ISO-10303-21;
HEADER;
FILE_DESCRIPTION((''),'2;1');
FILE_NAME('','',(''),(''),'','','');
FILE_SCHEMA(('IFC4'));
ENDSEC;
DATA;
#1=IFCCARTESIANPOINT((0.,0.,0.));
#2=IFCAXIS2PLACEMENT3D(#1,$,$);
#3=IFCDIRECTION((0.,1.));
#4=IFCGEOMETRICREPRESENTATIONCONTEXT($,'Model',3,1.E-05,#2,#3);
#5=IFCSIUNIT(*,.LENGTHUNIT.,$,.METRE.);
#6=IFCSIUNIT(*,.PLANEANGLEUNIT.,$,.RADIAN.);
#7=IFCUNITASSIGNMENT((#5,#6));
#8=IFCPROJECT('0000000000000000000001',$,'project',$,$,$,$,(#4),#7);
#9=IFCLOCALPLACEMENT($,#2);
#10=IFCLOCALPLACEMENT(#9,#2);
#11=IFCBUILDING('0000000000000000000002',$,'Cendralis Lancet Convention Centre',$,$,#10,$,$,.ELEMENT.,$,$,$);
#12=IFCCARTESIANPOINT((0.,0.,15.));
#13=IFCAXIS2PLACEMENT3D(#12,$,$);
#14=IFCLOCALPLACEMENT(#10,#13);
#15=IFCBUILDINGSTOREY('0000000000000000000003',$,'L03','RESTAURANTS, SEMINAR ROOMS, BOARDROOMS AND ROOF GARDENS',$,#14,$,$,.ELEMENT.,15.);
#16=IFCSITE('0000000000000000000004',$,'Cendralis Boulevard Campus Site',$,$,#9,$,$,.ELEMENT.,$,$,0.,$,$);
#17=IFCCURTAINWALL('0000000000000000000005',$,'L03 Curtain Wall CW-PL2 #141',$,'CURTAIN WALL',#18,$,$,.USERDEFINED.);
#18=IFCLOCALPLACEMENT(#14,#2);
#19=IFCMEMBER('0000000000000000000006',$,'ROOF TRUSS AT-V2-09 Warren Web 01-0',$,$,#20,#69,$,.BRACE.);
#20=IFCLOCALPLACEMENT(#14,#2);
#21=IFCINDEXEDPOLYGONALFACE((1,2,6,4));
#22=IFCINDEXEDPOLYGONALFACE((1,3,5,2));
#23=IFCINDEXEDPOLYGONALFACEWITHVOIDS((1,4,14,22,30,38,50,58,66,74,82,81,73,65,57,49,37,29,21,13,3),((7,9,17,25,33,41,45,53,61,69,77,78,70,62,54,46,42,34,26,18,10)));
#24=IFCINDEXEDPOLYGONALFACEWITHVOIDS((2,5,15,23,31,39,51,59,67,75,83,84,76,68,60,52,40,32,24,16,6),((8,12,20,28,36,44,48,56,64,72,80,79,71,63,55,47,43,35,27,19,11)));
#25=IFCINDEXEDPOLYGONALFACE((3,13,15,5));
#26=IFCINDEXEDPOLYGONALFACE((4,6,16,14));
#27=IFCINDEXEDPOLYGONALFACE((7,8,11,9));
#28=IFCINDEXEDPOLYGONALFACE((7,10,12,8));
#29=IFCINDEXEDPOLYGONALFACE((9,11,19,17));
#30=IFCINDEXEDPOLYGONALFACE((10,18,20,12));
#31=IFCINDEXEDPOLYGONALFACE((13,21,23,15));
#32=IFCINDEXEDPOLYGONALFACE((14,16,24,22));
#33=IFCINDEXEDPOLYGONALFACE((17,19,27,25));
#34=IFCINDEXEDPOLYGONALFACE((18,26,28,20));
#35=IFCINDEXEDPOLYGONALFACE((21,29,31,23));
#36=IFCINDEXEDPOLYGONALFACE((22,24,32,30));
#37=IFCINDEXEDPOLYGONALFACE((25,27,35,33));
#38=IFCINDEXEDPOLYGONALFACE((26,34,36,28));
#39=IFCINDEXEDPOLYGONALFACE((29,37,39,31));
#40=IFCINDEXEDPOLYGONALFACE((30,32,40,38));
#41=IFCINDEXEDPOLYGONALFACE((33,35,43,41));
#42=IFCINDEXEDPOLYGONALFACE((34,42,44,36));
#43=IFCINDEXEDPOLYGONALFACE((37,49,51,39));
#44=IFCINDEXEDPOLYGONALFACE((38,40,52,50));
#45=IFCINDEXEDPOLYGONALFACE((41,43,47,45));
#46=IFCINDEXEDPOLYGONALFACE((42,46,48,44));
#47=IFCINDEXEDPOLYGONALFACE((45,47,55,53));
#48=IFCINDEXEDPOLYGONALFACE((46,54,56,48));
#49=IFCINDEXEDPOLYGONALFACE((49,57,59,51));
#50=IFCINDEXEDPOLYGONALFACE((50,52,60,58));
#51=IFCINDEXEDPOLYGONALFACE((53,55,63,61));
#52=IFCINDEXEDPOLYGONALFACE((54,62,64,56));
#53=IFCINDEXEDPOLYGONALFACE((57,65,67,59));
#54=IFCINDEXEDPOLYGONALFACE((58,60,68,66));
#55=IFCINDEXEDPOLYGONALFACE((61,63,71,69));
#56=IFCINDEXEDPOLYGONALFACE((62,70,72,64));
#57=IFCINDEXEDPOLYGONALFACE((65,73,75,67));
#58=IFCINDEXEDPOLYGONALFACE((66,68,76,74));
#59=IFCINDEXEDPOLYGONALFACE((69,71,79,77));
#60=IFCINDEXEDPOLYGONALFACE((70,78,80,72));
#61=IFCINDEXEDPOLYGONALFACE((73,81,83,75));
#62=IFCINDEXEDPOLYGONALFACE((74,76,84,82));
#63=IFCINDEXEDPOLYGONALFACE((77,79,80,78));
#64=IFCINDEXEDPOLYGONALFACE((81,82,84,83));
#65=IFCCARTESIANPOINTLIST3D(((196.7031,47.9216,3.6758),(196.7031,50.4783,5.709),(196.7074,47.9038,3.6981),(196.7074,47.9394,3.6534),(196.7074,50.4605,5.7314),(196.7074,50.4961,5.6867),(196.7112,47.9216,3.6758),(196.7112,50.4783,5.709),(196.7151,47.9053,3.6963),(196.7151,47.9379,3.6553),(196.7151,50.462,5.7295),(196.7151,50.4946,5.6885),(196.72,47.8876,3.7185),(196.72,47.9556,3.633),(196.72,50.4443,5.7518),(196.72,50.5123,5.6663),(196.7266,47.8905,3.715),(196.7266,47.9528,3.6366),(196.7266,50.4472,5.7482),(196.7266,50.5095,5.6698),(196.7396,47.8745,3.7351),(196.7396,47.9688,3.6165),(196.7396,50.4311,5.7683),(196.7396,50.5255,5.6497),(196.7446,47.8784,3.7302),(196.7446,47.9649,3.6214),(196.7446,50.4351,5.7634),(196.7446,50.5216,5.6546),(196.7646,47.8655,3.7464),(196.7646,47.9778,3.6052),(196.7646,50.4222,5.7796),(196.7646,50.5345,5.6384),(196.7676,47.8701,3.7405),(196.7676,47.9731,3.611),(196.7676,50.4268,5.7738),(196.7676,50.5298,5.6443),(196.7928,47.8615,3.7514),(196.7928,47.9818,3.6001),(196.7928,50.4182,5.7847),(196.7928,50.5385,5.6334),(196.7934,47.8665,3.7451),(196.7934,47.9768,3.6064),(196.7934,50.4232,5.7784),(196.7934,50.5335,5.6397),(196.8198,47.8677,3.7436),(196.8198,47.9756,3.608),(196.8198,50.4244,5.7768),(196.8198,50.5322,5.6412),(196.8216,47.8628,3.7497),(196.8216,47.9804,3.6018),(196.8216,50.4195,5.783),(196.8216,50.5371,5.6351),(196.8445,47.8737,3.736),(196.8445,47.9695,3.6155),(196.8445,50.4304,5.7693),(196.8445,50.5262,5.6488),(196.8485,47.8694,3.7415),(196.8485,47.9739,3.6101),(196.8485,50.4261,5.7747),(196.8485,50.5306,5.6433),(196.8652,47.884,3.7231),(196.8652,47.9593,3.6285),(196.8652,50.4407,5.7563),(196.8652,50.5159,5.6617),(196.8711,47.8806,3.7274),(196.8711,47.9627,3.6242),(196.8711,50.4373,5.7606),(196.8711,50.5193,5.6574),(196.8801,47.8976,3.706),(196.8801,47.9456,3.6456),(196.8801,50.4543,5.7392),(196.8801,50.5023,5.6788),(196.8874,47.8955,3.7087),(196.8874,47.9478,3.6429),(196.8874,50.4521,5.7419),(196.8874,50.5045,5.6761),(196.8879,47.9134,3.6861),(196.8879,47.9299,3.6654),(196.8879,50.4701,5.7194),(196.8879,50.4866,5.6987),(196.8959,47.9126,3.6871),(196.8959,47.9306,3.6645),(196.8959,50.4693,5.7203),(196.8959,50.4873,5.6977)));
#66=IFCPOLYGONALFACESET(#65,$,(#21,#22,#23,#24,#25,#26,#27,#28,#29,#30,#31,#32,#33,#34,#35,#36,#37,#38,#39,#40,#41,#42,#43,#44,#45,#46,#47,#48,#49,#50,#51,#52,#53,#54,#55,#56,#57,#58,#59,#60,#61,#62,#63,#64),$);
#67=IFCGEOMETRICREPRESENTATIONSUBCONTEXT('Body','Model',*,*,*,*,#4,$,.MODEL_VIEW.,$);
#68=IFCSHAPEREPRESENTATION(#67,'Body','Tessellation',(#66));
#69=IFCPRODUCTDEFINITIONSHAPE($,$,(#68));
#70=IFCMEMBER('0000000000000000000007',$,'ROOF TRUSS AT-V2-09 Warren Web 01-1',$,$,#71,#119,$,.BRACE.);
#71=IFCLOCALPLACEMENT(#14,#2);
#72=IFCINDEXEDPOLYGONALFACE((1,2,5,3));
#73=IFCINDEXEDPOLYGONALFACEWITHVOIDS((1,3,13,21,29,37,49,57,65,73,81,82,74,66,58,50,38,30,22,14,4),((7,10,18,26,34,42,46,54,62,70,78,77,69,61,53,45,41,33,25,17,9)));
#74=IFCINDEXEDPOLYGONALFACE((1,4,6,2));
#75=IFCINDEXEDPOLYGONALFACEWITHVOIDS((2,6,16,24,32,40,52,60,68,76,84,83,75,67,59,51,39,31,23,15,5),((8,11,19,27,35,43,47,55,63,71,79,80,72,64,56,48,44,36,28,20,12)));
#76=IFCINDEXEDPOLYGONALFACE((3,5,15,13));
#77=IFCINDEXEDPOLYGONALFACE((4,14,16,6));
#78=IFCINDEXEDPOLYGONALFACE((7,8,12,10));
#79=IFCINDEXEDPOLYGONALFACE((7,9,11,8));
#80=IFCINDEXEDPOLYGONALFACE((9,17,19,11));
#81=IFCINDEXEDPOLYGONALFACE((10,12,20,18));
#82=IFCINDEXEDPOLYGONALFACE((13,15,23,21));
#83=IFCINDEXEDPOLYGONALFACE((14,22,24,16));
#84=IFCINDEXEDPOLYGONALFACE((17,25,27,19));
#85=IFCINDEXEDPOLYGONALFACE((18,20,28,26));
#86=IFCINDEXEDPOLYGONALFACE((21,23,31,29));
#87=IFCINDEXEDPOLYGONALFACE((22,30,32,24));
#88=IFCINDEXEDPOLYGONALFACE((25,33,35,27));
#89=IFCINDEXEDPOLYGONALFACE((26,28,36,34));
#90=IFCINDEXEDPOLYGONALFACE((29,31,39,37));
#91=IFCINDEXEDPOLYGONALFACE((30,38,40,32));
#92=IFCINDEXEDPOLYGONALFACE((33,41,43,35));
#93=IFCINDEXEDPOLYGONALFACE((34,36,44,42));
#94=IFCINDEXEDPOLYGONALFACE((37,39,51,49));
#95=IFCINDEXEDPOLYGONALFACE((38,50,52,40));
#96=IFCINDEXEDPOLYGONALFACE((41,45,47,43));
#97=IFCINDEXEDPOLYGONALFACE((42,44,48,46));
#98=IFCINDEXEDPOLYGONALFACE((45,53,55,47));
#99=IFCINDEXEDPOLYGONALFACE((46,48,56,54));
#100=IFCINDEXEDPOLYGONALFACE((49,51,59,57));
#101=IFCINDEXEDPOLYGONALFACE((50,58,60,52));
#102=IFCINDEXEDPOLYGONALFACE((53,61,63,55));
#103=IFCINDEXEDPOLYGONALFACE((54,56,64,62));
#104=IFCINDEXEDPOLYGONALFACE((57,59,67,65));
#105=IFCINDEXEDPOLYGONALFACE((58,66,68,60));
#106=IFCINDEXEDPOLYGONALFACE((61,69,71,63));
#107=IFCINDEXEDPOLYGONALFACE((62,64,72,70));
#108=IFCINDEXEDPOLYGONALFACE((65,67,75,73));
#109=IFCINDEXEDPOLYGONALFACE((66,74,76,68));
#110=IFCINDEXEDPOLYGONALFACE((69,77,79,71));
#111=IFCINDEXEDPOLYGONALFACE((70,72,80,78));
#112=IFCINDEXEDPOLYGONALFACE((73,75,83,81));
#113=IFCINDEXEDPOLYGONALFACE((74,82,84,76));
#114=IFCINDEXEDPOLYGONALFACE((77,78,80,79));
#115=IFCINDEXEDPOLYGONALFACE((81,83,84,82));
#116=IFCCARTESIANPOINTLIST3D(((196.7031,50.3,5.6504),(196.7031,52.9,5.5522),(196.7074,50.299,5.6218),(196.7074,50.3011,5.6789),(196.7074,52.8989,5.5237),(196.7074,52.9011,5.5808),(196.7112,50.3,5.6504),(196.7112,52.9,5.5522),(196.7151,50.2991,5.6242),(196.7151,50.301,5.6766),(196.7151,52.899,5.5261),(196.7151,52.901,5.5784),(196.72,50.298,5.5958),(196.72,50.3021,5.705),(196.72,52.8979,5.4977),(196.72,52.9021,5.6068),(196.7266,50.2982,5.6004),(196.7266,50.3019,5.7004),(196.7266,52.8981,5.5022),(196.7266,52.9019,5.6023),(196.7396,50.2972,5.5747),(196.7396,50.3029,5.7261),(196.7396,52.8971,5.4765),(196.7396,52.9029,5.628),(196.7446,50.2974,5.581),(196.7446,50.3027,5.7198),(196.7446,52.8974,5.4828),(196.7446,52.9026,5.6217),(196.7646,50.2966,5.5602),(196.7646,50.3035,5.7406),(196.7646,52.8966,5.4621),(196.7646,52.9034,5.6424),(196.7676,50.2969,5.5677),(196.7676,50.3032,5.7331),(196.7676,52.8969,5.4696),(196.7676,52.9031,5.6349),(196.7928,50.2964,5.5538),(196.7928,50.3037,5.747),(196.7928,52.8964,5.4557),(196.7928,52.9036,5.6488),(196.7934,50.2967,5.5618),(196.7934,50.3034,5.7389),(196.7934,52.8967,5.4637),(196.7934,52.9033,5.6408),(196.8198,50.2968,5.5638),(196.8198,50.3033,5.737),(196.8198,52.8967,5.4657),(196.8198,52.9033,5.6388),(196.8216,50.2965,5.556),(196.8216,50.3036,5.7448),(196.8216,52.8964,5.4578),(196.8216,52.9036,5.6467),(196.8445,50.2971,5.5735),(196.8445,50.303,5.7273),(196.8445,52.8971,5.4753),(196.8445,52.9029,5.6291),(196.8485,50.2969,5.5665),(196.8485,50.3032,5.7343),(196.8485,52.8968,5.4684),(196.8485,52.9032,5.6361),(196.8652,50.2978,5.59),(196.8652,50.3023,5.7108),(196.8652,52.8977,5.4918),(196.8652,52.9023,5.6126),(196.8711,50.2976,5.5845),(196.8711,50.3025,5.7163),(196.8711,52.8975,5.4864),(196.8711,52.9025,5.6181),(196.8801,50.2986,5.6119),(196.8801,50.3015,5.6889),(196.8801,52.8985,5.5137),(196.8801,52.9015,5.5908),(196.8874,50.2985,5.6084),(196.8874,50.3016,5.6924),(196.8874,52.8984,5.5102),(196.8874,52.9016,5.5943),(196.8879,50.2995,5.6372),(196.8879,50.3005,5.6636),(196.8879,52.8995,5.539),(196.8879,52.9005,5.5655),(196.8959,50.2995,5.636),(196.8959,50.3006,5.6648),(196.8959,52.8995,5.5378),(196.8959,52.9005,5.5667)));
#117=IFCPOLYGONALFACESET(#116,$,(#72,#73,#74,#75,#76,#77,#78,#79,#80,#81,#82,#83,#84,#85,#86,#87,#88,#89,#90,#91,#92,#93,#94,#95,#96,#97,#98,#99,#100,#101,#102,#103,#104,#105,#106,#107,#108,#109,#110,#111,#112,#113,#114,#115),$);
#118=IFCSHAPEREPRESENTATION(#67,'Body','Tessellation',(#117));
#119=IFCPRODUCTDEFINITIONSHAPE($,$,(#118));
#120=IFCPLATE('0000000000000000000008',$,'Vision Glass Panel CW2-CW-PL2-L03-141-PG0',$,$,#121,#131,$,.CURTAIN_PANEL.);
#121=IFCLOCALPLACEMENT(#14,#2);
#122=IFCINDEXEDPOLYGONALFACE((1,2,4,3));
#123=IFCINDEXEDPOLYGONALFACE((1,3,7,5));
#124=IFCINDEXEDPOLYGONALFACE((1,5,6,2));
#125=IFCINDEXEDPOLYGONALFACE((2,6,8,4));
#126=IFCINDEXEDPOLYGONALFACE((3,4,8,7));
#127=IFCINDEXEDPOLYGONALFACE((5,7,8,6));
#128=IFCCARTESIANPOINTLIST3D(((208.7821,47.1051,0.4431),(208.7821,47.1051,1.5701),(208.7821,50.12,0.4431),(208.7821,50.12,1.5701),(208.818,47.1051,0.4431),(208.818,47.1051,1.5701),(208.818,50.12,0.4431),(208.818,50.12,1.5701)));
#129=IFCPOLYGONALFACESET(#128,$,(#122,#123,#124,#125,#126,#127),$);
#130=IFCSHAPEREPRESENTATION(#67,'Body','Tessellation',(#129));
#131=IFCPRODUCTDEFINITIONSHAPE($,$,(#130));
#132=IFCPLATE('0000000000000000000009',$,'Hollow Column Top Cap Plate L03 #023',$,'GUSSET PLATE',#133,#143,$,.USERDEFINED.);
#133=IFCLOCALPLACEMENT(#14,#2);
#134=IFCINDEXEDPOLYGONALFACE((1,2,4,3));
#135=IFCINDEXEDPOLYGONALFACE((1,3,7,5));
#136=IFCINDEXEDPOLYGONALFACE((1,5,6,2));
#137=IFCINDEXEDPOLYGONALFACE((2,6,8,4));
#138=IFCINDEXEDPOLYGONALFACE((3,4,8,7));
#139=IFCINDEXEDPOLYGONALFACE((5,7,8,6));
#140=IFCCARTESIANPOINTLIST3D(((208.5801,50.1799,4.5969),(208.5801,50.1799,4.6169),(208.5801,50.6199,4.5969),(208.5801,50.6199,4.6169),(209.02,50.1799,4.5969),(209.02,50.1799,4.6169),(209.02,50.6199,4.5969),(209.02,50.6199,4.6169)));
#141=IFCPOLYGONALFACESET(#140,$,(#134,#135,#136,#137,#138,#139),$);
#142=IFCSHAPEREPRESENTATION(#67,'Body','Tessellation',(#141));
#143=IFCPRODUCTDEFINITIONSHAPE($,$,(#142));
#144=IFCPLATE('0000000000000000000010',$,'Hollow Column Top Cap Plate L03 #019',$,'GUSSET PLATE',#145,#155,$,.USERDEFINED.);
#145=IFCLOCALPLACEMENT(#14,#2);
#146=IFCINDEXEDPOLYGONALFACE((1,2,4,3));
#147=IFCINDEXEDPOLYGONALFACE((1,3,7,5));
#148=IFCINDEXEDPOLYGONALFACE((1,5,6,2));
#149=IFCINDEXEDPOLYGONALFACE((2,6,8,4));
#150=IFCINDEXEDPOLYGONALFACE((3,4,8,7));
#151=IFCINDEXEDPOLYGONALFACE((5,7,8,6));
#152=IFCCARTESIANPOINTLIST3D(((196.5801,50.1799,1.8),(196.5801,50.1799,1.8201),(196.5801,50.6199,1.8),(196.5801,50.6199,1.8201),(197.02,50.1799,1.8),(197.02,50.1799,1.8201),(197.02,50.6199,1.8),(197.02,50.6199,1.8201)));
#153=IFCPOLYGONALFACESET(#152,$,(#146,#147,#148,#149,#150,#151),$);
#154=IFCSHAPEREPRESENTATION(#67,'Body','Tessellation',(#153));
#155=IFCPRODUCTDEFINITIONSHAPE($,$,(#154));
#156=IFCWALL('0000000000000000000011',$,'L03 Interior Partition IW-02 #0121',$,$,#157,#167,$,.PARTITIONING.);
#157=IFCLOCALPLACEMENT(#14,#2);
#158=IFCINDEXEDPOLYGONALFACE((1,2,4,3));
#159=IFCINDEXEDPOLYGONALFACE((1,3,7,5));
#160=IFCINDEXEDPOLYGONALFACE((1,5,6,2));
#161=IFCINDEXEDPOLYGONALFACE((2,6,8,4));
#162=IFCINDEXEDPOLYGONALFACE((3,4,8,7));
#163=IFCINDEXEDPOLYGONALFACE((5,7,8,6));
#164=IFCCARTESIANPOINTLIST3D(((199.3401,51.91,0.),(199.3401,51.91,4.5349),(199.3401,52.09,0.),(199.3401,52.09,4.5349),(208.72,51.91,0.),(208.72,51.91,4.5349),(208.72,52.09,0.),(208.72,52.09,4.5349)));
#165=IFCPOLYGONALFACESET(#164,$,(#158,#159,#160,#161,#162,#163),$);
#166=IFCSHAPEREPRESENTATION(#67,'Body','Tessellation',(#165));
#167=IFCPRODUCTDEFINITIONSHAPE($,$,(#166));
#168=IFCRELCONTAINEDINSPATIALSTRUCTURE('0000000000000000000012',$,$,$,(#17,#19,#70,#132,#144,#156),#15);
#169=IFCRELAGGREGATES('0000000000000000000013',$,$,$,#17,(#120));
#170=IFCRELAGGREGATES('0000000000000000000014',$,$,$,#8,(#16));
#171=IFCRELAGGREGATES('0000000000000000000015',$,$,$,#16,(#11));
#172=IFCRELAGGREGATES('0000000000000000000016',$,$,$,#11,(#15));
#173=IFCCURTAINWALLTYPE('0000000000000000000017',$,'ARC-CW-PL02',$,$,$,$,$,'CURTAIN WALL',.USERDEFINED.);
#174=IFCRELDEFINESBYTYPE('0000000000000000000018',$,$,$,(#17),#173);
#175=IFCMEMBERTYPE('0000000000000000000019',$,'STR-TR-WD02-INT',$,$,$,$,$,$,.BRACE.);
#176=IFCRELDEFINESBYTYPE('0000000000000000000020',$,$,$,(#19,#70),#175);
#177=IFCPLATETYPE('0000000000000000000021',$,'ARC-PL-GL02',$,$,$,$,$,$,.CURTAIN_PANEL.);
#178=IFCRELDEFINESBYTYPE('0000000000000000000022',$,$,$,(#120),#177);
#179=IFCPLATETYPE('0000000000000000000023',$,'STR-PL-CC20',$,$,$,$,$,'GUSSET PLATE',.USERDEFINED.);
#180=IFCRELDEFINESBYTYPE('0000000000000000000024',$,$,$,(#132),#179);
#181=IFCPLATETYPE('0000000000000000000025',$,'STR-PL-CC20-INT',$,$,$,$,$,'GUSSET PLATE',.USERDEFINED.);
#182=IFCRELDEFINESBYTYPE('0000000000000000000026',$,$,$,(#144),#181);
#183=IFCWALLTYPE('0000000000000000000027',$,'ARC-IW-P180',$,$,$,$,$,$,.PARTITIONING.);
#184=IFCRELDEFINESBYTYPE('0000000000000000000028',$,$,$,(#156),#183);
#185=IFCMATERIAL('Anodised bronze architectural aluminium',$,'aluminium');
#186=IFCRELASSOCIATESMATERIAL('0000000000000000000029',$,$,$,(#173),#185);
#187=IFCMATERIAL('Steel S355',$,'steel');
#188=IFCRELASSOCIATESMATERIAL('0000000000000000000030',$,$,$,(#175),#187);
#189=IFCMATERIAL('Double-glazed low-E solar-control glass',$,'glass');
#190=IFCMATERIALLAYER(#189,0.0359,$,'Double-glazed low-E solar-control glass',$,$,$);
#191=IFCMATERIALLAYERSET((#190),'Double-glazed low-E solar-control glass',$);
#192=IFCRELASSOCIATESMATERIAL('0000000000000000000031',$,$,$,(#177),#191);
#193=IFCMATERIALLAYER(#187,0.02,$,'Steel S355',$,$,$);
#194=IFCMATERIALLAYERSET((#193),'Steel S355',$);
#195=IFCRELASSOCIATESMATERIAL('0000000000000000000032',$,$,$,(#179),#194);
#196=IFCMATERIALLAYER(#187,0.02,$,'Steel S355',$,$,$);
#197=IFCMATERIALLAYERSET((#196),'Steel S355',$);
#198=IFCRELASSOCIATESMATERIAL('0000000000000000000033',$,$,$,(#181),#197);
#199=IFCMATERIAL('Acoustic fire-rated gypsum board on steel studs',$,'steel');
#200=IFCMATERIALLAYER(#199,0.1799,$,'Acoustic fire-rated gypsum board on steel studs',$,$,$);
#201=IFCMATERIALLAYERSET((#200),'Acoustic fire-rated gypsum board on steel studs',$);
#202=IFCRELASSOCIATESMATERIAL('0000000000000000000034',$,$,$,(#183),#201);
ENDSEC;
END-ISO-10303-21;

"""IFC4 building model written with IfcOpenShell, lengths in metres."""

from ifc_helpers import new_model, si_unit, direction, frame, frame_2d, origin, origin_2d, place, context, subcontext, project, spatial, rectangle, hollow_circle, extrude, material, layer, layer_set, material_profile, profile_set, type_object, element, aggregate, save


model = new_model("IFC4")

# Units and contexts
model_context = context("Model", 3, precision=1e-05, world=origin(), true_north=direction((0.0, 1.0)))
body_context = subcontext(model_context, "Body", "Model", "MODEL_VIEW")
ifc_project = project(units=[si_unit("LENGTHUNIT", "METRE"), si_unit("PLANEANGLEUNIT", "RADIAN")], contexts=[model_context])

# Site, building, storey
site_placement = place(None, origin())
site = spatial("IfcSite", under=ifc_project, at=site_placement, Name="Cendralis Boulevard Campus Site", CompositionType="ELEMENT", RefElevation=0.0)
building_placement = place(site_placement, origin())
building = spatial("IfcBuilding", under=site, at=building_placement, Name="Cendralis Lancet Convention Centre", CompositionType="ELEMENT")
storey_placement = place(building_placement, frame((0.0, 0.0, 15.0)))
storey = spatial("IfcBuildingStorey", under=building, at=storey_placement, Name="L03", Description="RESTAURANTS, SEMINAR ROOMS, BOARDROOMS AND ROOF GARDENS", CompositionType="ELEMENT", Elevation=15.0)

# Shared definitions
ifc_material_1 = material(Name="Steel S355", Category="steel")

# Curtain wall
ifc_material_2 = material(Name="Anodised bronze architectural aluminium", Category="aluminium")
curtain_wall_type = type_object("IfcCurtainWallType", Name="ARC-CW-PL02", ElementType="CURTAIN WALL", PredefinedType="USERDEFINED", material=ifc_material_2)
curtain_wall_1_placement = place(storey_placement, origin())
curtain_wall_1 = element("IfcCurtainWall", 1, at=curtain_wall_1_placement, inside=storey, type_object=curtain_wall_type, Name="L03 Curtain Wall CW-PL2 #141", ObjectType="CURTAIN WALL", PredefinedType="USERDEFINED")

# Members
ifc_material_profile_1 = material_profile(ifc_material_1, hollow_circle(Radius=0.0969, WallThickness=0.0081, at=origin_2d()), Name="CHS 193.7x8.0")
ifc_profile_set_1 = profile_set([ifc_material_profile_1], Name="Steel S355")
member_type_1 = type_object("IfcMemberType", Name="STR-TR-WD02-INT", PredefinedType="BRACE", material=ifc_profile_set_1)
member_1_placement = place(storey_placement, frame((196.8, 47.9216, 3.6758), z_axis=(0.0, 0.782674, 0.622432), x_axis=(-1.0, 0.0, 0.0)))
element("IfcMember", 2, at=member_1_placement, inside=storey, type_object=member_type_1, Name="ROOF TRUSS AT-V2-09 Warren Web 01-0", PredefinedType="BRACE", context=body_context, shape_type="SweptSolid", body=[
    extrude(hollow_circle(Radius=0.0969, WallThickness=0.0081, at=origin_2d()), origin(), (0.0, 0.0, 1.0), 3.2666),
])
member_2_placement = place(storey_placement, frame((196.8, 50.3, 5.6504), z_axis=(0.0, 0.999288, -0.037723), x_axis=(-1.0, 0.0, 0.0)))
element("IfcMember", 3, at=member_2_placement, inside=storey, type_object=member_type_1, Name="ROOF TRUSS AT-V2-09 Warren Web 01-1", PredefinedType="BRACE", context=body_context, shape_type="SweptSolid", body=[
    extrude(hollow_circle(Radius=0.0969, WallThickness=0.0081, at=origin_2d()), origin(), (0.0, 0.0, 1.0), 2.6018),
])

# Plate
ifc_material_3 = material(Name="Double-glazed low-E solar-control glass", Category="glass")
ifc_layer_1 = layer(ifc_material_3, 0.0359, Name="Double-glazed low-E solar-control glass")
ifc_layer_set_1 = layer_set([ifc_layer_1], Name="Double-glazed low-E solar-control glass")
plate_type_1 = type_object("IfcPlateType", Name="ARC-PL-GL02", PredefinedType="CURTAIN_PANEL", material=ifc_layer_set_1)
plate_1_placement = place(storey_placement, frame((208.8, 48.6125, 0.4431), z_axis=(0.0, 0.0, 1.0), x_axis=(0.0, -1.0, 0.0)))
plate_1 = element("IfcPlate", 4, at=plate_1_placement, type_object=plate_type_1, Name="Vision Glass Panel CW2-CW-PL2-L03-141-PG0", PredefinedType="CURTAIN_PANEL", context=body_context, shape_type="SweptSolid", body=[
    extrude(rectangle(XDim=3.0149, YDim=0.0359, at=origin_2d()), origin(), (0.0, 0.0, 1.0), 1.127),
])
aggregate(curtain_wall_1, [plate_1])

# Plates
ifc_layer_2 = layer(ifc_material_1, 0.02, Name="Steel S355")
ifc_layer_set_2 = layer_set([ifc_layer_2], Name="Steel S355")
plate_type_2 = type_object("IfcPlateType", Name="STR-PL-CC20", ElementType="GUSSET PLATE", PredefinedType="USERDEFINED", material=ifc_layer_set_2)
plate_2_placement = place(storey_placement, frame((208.8, 50.3999, 4.5969), z_axis=(0.0, 0.0, 1.0), x_axis=(1.0, 0.0, 0.0)))
element("IfcPlate", 5, at=plate_2_placement, inside=storey, type_object=plate_type_2, Name="Hollow Column Top Cap Plate L03 #023", ObjectType="GUSSET PLATE", PredefinedType="USERDEFINED", context=body_context, shape_type="SweptSolid", body=[
    extrude(rectangle(XDim=0.4399, YDim=0.4399, at=origin_2d()), origin(), (0.0, 0.0, 1.0), 0.02),
])
ifc_layer_3 = layer(ifc_material_1, 0.02, Name="Steel S355")
ifc_layer_set_3 = layer_set([ifc_layer_3], Name="Steel S355")
plate_type_3 = type_object("IfcPlateType", Name="STR-PL-CC20-INT", ElementType="GUSSET PLATE", PredefinedType="USERDEFINED", material=ifc_layer_set_3)
plate_3_placement = place(storey_placement, frame((196.8, 50.3999, 1.8), z_axis=(0.0, 0.0, 1.0), x_axis=(1.0, 0.0, 0.0)))
element("IfcPlate", 6, at=plate_3_placement, inside=storey, type_object=plate_type_3, Name="Hollow Column Top Cap Plate L03 #019", ObjectType="GUSSET PLATE", PredefinedType="USERDEFINED", context=body_context, shape_type="SweptSolid", body=[
    extrude(rectangle(XDim=0.4399, YDim=0.4399, at=origin_2d()), origin(), (0.0, 0.0, 1.0), 0.02),
])

# Wall
ifc_material_4 = material(Name="Acoustic fire-rated gypsum board on steel studs", Category="steel")
ifc_layer_4 = layer(ifc_material_4, 0.1799, Name="Acoustic fire-rated gypsum board on steel studs")
ifc_layer_set_4 = layer_set([ifc_layer_4], Name="Acoustic fire-rated gypsum board on steel studs")
wall_type_1 = type_object("IfcWallType", Name="ARC-IW-P180", PredefinedType="PARTITIONING", material=ifc_layer_set_4)
wall_1_placement = place(storey_placement, frame((199.3401, 52.0, 0.0), z_axis=(0.0, 0.0, 1.0), x_axis=(1.0, 0.0, 0.0)))
element("IfcWall", 7, at=wall_1_placement, inside=storey, type_object=wall_type_1, Name="L03 Interior Partition IW-02 #0121", PredefinedType="PARTITIONING", context=body_context, shape_type="SweptSolid", body=[
    extrude(rectangle(XDim=9.3799, YDim=0.1799, at=frame_2d((4.6899, 0.0))), origin(), (0.0, 0.0, 1.0), 4.5349),
])

save(model, "model.ifc")
